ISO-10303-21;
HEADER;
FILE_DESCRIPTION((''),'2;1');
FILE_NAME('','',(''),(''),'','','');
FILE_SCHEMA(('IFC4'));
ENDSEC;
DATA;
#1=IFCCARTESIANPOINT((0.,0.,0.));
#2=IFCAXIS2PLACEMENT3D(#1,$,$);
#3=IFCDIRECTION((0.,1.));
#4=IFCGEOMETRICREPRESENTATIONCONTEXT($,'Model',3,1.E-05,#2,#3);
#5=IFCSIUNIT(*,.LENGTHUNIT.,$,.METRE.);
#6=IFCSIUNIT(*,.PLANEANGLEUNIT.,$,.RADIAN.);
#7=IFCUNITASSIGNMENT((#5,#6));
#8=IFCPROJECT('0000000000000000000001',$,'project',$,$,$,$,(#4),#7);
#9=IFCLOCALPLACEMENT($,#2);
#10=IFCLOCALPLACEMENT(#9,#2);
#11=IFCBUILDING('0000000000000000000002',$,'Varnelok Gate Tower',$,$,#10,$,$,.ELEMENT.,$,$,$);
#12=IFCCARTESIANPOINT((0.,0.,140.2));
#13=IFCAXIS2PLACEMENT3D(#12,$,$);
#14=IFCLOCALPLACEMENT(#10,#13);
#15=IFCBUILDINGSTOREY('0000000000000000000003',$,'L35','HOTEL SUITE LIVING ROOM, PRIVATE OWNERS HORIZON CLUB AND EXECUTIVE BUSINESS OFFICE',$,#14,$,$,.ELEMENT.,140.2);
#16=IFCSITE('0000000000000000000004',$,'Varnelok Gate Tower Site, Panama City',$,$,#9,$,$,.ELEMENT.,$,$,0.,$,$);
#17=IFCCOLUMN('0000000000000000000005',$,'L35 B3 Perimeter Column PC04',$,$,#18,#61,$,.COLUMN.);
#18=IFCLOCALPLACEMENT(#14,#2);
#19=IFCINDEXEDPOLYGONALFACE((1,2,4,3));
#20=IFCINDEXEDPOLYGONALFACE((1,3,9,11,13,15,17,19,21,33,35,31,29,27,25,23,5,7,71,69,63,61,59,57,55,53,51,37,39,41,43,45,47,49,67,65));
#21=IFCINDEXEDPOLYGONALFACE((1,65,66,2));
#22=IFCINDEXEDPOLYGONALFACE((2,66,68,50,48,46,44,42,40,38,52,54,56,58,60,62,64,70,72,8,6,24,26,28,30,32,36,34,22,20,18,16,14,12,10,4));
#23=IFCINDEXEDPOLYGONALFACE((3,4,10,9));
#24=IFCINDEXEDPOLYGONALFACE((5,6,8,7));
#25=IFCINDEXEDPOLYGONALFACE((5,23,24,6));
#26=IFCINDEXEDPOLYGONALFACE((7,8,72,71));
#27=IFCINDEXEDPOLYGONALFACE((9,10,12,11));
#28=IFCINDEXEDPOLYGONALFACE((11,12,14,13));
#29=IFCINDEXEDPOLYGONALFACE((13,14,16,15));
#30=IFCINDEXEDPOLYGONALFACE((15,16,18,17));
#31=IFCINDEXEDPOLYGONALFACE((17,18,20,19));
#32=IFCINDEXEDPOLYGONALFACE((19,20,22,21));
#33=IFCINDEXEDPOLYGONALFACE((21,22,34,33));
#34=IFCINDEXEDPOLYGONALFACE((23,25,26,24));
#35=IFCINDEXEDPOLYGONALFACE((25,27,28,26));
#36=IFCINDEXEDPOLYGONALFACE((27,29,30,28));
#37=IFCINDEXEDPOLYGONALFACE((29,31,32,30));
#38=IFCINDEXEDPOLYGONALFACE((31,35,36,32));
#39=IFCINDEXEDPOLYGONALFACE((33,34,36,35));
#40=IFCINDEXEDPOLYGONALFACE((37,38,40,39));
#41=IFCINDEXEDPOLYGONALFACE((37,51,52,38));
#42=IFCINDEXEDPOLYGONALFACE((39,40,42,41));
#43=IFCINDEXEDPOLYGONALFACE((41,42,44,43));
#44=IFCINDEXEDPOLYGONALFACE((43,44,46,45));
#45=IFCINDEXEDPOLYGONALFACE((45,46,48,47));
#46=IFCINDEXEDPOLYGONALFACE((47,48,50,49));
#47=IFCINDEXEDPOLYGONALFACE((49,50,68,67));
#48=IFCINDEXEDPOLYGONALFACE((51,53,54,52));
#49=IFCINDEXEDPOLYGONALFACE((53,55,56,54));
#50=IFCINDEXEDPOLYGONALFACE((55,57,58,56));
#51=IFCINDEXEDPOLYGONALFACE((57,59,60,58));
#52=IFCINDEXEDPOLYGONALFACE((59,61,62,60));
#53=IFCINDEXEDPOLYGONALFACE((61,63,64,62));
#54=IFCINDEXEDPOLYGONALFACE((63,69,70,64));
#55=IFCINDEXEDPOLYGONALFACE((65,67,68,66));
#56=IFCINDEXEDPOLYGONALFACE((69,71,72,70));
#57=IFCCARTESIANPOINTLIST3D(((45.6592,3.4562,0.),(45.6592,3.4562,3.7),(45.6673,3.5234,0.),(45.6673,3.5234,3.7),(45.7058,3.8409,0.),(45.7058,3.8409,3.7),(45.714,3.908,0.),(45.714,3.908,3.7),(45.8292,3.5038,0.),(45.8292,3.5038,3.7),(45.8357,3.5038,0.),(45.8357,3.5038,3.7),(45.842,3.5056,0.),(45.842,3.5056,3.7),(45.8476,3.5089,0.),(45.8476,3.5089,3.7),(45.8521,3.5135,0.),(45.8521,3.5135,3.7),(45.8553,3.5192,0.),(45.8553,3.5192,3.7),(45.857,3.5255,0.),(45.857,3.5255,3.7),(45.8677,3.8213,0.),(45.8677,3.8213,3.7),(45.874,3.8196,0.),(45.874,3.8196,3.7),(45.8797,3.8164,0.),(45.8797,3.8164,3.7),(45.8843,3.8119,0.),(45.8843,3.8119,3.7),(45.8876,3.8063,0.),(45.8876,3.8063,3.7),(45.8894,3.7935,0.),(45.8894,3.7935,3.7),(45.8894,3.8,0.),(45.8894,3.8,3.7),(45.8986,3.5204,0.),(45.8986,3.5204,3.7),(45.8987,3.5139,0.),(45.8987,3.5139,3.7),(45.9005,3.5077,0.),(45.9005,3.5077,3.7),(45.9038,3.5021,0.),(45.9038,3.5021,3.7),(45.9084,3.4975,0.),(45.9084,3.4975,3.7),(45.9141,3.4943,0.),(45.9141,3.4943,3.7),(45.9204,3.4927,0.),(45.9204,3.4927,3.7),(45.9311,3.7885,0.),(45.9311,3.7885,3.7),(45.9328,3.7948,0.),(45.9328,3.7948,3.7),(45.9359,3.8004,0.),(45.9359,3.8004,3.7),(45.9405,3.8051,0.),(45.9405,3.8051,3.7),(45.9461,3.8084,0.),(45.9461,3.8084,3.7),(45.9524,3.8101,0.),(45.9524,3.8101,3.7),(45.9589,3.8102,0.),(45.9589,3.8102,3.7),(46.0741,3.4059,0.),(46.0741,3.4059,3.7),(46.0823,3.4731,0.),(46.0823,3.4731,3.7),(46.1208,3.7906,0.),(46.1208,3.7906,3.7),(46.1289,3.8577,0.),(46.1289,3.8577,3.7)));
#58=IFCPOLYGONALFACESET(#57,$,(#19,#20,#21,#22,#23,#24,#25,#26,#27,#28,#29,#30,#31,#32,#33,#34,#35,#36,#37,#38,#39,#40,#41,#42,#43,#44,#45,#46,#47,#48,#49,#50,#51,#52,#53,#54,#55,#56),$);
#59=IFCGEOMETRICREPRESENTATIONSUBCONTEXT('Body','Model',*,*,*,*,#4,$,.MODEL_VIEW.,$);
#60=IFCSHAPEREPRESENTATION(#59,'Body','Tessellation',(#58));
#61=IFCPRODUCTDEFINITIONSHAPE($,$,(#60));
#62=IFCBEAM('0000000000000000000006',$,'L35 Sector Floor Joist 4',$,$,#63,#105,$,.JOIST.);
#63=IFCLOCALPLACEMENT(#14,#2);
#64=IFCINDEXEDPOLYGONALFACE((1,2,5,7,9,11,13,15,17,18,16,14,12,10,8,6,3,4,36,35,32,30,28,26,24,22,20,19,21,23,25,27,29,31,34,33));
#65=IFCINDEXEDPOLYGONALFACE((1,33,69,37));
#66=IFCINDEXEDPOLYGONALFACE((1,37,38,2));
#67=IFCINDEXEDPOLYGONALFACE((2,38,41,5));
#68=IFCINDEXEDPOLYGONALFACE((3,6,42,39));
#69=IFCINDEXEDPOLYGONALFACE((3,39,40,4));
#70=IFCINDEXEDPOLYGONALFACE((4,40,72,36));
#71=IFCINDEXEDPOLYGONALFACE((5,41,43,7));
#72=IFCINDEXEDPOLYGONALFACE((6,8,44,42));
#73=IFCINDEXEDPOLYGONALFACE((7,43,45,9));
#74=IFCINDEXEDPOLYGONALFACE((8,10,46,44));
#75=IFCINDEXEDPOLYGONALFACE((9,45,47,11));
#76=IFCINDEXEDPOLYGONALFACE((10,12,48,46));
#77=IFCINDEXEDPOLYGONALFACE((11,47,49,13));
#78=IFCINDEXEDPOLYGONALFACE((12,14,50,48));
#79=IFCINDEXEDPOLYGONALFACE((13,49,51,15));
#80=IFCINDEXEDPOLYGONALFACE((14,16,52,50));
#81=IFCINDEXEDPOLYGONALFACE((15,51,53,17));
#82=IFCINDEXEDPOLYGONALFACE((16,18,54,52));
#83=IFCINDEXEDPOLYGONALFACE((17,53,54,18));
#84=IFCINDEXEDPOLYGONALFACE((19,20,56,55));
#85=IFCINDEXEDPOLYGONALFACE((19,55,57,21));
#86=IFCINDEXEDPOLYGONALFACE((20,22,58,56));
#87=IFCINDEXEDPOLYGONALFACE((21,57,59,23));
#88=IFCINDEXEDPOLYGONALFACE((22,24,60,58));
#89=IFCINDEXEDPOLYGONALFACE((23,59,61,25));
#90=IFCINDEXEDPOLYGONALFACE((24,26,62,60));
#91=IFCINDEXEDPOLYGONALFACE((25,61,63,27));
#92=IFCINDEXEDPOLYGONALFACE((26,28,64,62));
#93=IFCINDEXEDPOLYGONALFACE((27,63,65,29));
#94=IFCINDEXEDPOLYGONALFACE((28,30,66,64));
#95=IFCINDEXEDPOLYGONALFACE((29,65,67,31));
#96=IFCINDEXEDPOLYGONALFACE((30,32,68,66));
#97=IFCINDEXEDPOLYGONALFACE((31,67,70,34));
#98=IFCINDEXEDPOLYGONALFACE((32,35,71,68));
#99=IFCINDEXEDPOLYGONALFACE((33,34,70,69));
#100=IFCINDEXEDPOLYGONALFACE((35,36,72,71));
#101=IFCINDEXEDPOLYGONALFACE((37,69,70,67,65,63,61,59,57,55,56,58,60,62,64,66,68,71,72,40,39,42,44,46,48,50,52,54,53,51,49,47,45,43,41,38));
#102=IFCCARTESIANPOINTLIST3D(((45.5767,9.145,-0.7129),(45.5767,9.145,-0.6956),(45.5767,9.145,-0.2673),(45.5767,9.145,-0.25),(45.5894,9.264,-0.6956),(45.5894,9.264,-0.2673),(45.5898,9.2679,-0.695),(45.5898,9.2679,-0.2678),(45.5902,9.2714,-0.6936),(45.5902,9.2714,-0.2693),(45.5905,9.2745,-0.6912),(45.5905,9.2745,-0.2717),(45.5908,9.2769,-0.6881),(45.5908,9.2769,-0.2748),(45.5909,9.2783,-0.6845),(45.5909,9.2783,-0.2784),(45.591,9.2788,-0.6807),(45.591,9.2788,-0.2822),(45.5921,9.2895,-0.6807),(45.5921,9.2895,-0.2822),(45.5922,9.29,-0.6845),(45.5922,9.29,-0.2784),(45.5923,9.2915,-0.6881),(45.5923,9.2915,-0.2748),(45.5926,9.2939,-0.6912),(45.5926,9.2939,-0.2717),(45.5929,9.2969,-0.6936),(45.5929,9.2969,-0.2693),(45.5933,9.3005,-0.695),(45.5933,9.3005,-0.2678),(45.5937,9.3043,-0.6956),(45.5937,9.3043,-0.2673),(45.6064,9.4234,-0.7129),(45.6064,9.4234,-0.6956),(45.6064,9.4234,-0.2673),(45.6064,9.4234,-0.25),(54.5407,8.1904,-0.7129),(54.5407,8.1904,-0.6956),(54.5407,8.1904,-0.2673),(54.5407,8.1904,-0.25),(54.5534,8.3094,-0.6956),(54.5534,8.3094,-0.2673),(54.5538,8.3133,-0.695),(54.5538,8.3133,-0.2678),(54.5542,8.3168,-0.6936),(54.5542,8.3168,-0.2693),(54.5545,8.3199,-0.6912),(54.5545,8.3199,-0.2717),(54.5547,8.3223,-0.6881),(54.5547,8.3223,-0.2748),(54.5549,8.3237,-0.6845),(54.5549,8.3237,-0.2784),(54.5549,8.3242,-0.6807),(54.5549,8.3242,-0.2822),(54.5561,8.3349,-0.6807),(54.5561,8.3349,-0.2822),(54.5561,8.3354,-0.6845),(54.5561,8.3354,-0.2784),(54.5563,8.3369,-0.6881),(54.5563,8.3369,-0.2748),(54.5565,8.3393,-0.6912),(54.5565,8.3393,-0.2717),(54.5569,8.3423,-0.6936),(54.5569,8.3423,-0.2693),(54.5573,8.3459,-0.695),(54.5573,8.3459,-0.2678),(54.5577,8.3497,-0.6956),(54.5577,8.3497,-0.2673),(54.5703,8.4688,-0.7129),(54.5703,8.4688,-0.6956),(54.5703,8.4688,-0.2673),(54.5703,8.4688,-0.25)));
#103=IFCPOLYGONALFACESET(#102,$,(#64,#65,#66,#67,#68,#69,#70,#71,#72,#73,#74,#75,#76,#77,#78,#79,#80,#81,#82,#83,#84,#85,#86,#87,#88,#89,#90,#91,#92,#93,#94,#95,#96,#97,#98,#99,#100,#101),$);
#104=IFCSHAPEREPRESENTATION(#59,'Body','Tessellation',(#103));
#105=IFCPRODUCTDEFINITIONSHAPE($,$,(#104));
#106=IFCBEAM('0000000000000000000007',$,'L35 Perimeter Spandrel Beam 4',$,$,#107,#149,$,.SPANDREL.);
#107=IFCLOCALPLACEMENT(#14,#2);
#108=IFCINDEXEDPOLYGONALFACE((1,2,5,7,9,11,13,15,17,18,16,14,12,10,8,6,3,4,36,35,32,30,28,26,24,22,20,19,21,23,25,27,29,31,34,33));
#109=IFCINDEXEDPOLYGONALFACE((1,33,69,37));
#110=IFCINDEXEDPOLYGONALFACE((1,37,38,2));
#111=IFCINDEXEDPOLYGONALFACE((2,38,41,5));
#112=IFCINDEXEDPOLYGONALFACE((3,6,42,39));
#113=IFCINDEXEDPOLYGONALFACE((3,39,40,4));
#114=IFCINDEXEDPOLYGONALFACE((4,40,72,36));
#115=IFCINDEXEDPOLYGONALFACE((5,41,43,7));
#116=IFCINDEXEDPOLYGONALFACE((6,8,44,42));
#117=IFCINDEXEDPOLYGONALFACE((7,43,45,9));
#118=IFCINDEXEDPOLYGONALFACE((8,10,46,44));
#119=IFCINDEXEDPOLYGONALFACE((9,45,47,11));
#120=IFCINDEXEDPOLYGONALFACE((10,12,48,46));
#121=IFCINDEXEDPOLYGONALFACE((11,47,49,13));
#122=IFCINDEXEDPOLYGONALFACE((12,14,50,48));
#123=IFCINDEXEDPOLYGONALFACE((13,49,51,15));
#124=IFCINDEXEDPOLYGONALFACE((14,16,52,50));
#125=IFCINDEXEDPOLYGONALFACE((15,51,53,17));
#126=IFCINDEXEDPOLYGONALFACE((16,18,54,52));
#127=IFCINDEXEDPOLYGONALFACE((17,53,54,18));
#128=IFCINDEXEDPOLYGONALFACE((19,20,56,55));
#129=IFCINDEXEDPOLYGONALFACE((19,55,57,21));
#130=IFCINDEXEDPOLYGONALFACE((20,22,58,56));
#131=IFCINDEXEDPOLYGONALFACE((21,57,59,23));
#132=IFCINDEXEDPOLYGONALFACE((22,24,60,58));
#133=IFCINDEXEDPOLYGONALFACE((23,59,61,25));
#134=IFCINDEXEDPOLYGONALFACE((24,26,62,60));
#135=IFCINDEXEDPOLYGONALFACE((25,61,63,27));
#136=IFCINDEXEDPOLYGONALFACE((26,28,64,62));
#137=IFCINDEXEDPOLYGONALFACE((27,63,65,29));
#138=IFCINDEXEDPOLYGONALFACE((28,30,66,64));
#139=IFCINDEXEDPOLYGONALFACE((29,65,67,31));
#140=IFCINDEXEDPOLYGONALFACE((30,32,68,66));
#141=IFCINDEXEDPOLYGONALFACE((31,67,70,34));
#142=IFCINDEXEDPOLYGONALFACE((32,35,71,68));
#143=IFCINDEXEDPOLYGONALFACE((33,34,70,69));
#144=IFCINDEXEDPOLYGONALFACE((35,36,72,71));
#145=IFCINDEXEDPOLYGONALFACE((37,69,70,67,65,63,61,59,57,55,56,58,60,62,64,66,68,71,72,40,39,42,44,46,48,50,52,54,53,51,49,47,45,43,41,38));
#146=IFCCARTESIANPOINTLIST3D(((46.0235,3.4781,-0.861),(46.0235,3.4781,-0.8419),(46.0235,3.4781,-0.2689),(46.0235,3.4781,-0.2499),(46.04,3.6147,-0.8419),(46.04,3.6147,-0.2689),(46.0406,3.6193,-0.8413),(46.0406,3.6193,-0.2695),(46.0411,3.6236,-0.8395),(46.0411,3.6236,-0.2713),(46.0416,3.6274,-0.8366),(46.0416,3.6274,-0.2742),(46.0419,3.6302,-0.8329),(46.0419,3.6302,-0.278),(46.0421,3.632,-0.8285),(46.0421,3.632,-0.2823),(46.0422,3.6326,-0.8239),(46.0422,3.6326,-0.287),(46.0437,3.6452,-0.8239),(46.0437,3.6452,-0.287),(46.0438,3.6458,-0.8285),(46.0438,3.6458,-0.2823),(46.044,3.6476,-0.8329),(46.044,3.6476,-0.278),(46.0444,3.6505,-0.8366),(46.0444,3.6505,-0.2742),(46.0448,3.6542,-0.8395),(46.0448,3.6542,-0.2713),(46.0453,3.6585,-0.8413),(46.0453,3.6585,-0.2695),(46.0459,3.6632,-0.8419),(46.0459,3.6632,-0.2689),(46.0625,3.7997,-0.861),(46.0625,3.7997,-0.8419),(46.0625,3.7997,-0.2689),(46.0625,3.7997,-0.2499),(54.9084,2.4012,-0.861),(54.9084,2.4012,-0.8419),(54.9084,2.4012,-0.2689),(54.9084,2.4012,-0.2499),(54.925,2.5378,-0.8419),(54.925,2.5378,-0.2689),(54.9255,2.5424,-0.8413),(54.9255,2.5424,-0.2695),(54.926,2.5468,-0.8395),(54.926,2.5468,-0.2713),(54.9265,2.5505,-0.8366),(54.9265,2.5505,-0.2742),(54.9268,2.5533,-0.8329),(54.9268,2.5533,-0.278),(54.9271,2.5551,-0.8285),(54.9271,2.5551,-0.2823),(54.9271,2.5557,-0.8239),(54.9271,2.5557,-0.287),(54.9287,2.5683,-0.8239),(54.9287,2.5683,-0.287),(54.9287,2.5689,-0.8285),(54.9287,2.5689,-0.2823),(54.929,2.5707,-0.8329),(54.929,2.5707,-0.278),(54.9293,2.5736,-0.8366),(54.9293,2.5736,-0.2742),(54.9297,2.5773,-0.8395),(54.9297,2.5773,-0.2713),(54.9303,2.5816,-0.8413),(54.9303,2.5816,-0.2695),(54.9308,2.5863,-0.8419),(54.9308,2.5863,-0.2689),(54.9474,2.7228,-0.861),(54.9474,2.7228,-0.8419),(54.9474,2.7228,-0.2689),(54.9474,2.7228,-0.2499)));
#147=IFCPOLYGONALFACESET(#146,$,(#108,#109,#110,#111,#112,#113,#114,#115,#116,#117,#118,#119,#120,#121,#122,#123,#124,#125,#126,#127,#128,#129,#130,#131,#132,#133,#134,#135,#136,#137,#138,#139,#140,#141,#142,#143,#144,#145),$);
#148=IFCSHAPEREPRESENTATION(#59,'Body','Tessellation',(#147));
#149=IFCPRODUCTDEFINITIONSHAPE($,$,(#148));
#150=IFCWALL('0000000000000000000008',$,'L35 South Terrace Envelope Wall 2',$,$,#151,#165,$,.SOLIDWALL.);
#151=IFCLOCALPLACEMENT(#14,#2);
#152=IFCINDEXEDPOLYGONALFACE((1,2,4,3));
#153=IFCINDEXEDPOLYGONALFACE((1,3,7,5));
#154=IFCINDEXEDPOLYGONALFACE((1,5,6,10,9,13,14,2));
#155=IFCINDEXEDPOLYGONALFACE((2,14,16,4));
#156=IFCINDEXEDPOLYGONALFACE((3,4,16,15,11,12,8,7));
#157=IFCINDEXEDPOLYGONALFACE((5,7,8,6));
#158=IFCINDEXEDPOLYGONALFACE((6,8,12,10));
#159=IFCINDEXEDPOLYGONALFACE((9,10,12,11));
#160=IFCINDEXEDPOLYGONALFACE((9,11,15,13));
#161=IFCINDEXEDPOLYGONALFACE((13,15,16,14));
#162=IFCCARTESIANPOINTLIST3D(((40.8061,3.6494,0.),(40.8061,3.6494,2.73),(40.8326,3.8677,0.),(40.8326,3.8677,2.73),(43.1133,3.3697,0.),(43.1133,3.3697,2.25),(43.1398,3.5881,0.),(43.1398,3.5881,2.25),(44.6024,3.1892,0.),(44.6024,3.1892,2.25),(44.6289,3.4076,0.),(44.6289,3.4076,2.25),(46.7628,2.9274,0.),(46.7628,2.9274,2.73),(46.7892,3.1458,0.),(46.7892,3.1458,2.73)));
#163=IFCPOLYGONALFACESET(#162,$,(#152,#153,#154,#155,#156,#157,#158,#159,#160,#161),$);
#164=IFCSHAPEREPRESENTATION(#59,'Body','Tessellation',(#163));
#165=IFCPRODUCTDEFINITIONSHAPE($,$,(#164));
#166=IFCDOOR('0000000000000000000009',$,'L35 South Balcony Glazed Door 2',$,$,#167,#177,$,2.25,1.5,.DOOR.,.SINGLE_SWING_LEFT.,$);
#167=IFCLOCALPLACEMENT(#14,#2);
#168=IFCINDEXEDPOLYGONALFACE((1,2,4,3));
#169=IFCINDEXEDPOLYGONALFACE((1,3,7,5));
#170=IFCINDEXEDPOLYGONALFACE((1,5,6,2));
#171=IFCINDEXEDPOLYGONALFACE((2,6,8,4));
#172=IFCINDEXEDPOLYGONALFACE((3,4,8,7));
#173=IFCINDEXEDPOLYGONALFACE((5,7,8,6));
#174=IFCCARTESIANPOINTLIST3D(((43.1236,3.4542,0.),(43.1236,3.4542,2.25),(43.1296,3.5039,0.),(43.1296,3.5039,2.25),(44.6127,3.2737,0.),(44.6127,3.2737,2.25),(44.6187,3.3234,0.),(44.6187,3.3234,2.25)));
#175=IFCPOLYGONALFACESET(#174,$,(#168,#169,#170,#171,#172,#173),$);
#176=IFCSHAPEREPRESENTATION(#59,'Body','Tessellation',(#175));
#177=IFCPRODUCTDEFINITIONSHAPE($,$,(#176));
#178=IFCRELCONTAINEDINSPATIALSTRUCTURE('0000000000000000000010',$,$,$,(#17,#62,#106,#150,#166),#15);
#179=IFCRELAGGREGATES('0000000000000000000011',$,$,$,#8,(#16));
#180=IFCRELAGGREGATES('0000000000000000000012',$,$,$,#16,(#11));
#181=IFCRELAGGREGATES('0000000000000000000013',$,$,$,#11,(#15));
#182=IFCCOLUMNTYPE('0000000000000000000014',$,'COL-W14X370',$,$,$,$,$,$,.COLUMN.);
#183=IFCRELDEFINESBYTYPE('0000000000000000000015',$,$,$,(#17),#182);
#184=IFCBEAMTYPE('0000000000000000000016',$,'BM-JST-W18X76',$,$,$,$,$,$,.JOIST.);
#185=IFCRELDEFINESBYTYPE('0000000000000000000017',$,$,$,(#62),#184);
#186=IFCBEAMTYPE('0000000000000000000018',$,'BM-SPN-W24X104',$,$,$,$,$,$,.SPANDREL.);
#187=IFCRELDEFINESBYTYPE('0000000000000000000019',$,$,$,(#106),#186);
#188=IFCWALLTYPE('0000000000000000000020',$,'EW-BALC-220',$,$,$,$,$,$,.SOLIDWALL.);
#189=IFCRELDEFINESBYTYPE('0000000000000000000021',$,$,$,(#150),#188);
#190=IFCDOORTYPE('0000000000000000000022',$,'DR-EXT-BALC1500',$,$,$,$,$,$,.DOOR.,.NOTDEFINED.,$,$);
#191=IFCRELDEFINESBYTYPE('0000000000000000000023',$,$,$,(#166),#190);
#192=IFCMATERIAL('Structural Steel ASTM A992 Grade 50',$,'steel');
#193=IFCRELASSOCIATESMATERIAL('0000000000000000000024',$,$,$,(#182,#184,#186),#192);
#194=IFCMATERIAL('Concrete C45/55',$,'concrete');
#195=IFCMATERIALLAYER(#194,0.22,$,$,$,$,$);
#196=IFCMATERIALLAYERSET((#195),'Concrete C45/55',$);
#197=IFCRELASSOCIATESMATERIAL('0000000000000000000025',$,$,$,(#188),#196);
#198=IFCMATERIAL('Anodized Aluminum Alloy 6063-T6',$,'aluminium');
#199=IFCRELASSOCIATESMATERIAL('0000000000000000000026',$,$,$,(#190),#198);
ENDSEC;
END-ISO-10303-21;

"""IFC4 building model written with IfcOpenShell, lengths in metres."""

from ifc_helpers import new_model, si_unit, direction, frame, frame_2d, origin, origin_2d, place, context, subcontext, project, spatial, rectangle, i_section, extrude, material, layer, layer_set, material_profile, profile_set, type_object, element, fill, save


model = new_model("IFC4")

# Units and contexts
model_context = context("Model", 3, precision=1e-05, world=origin(), true_north=direction((0.0, 1.0)))
body_context = subcontext(model_context, "Body", "Model", "MODEL_VIEW")
ifc_project = project(units=[si_unit("LENGTHUNIT", "METRE"), si_unit("PLANEANGLEUNIT", "RADIAN")], contexts=[model_context])

# Site, building, storey
site_placement = place(None, origin())
site = spatial("IfcSite", under=ifc_project, at=site_placement, Name="Varnelok Gate Tower Site, Panama City", CompositionType="ELEMENT", RefElevation=0.0)
building_placement = place(site_placement, origin())
building = spatial("IfcBuilding", under=site, at=building_placement, Name="Varnelok Gate Tower", CompositionType="ELEMENT")
storey_placement = place(building_placement, frame((0.0, 0.0, 140.2)))
storey = spatial("IfcBuildingStorey", under=building, at=storey_placement, Name="L35", Description="HOTEL SUITE LIVING ROOM, PRIVATE OWNERS HORIZON CLUB AND EXECUTIVE BUSINESS OFFICE", CompositionType="ELEMENT", Elevation=140.2)

# Column
ifc_material_1 = material(Name="Structural Steel ASTM A992 Grade 50", Category="steel")
ifc_material_profile_1 = material_profile(ifc_material_1, i_section(OverallWidth=0.418, OverallDepth=0.4551, WebThickness=0.042, FlangeThickness=0.0676, FilletRadius=0.0249, at=origin_2d()), Name="W14X370")
ifc_profile_set_1 = profile_set([ifc_material_profile_1], Name="Structural Steel ASTM A992 Grade 50")
column_type = type_object("IfcColumnType", Name="COL-W14X370", PredefinedType="COLUMN", material=ifc_profile_set_1)
column_placement = place(storey_placement, frame((45.894, 3.657, 0.0), z_axis=(0.0, 0.0, 1.0), x_axis=(0.992732, -0.120345, 0.0)))
element("IfcColumn", 1, at=column_placement, inside=storey, type_object=column_type, Name="L35 B3 Perimeter Column PC04", PredefinedType="COLUMN", context=body_context, shape_type="SweptSolid", body=[
    extrude(i_section(OverallWidth=0.418, OverallDepth=0.4551, WebThickness=0.042, FlangeThickness=0.0676, FilletRadius=0.0249, at=origin_2d()), origin(), (0.0, 0.0, 1.0), 3.7),
])

# Beams
ifc_material_profile_2 = material_profile(ifc_material_1, i_section(OverallWidth=0.28, OverallDepth=0.4629, WebThickness=0.0107, FlangeThickness=0.0173, FilletRadius=0.0149, at=origin_2d()), Name="W18X76")
ifc_profile_set_2 = profile_set([ifc_material_profile_2], Name="Structural Steel ASTM A992 Grade 50")
beam_type_1 = type_object("IfcBeamType", Name="BM-JST-W18X76", PredefinedType="JOIST", material=ifc_profile_set_2)
beam_1_placement = place(storey_placement, frame((45.5916, 9.2842, -0.4814), z_axis=(0.994377, -0.105894, 0.0), x_axis=(0.105894, 0.994377, 0.0)))
element("IfcBeam", 2, at=beam_1_placement, inside=storey, type_object=beam_type_1, Name="L35 Sector Floor Joist 4", PredefinedType="JOIST", context=body_context, shape_type="SweptSolid", body=[
    extrude(i_section(OverallWidth=0.28, OverallDepth=0.4629, WebThickness=0.0107, FlangeThickness=0.0173, FilletRadius=0.0149, at=origin_2d()), origin(), (0.0, 0.0, 1.0), 9.0146),
])
ifc_material_profile_3 = material_profile(ifc_material_1, i_section(OverallWidth=0.324, OverallDepth=0.6111, WebThickness=0.0127, FlangeThickness=0.019, FilletRadius=0.0181, at=origin_2d()), Name="W24X104")
ifc_profile_set_3 = profile_set([ifc_material_profile_3], Name="Structural Steel ASTM A992 Grade 50")
beam_type_2 = type_object("IfcBeamType", Name="BM-SPN-W24X104", PredefinedType="SPANDREL", material=ifc_profile_set_3)
beam_2_placement = place(storey_placement, frame((46.043, 3.6389, -0.5554), z_axis=(0.992735, -0.120324, 0.0), x_axis=(0.120324, 0.992735, 0.0)))
element("IfcBeam", 3, at=beam_2_placement, inside=storey, type_object=beam_type_2, Name="L35 Perimeter Spandrel Beam 4", PredefinedType="SPANDREL", context=body_context, shape_type="SweptSolid", body=[
    extrude(i_section(OverallWidth=0.324, OverallDepth=0.6111, WebThickness=0.0127, FlangeThickness=0.019, FilletRadius=0.0181, at=origin_2d()), origin(), (0.0, 0.0, 1.0), 8.95),
])

# Wall, opening, door
ifc_material_2 = material(Name="Concrete C45/55", Category="concrete")
ifc_layer_1 = layer(ifc_material_2, 0.22)
ifc_layer_set_1 = layer_set([ifc_layer_1], Name="Concrete C45/55")
wall_type_1 = type_object("IfcWallType", Name="EW-BALC-220", PredefinedType="SOLIDWALL", material=ifc_layer_set_1)
wall_1_placement = place(storey_placement, frame((46.7759, 3.0366, 0.0), z_axis=(0.0, 0.0, 1.0), x_axis=(-0.992735, 0.120318, 0.0)))
wall_1 = element("IfcWall", 4, at=wall_1_placement, inside=storey, type_object=wall_type_1, Name="L35 South Terrace Envelope Wall 2", PredefinedType="SOLIDWALL", context=body_context, shape_type="SweptSolid", body=[
    extrude(rectangle(XDim=6.0002, YDim=0.22, at=frame_2d((3.0, 0.0))), origin(), (0.0, 0.0, 1.0), 2.73),
])
opening_1_placement = place(wall_1_placement, frame((2.176, 0.0, 0.0)))
opening_1 = element("IfcOpeningElement", 5, at=opening_1_placement, cuts=wall_1, PredefinedType="OPENING", context=body_context, shape_type="SweptSolid", body=[
    extrude(rectangle(XDim=1.5, YDim=2.25, at=frame_2d((0.75, 1.125))), frame((0.0, 0.1199, 0.0), z_axis=(0.0, -1.0, 0.0), x_axis=(1.0, 0.0, 0.0)), (0.0, 0.0, 1.0), 0.24),
])
ifc_material_3 = material(Name="Anodized Aluminum Alloy 6063-T6", Category="aluminium")
door_type_1 = type_object("IfcDoorType", Name="DR-EXT-BALC1500", OperationType="NOTDEFINED", PredefinedType="DOOR", material=ifc_material_3)
door_1_placement = place(opening_1_placement, origin())
door_1 = element("IfcDoor", 6, at=door_1_placement, inside=storey, type_object=door_type_1, Name="L35 South Balcony Glazed Door 2", OperationType="SINGLE_SWING_LEFT", OverallHeight=2.25, OverallWidth=1.5, PredefinedType="DOOR", context=body_context, shape_type="SweptSolid", body=[
    extrude(rectangle(XDim=1.5, YDim=2.25, at=frame_2d((0.75, 1.125))), frame((0.0, 0.0249, 0.0), z_axis=(0.0, -1.0, 0.0), x_axis=(1.0, 0.0, 0.0)), (0.0, 0.0, 1.0), 0.05),
])
fill(opening_1, door_1)

save(model, "model.ifc")
